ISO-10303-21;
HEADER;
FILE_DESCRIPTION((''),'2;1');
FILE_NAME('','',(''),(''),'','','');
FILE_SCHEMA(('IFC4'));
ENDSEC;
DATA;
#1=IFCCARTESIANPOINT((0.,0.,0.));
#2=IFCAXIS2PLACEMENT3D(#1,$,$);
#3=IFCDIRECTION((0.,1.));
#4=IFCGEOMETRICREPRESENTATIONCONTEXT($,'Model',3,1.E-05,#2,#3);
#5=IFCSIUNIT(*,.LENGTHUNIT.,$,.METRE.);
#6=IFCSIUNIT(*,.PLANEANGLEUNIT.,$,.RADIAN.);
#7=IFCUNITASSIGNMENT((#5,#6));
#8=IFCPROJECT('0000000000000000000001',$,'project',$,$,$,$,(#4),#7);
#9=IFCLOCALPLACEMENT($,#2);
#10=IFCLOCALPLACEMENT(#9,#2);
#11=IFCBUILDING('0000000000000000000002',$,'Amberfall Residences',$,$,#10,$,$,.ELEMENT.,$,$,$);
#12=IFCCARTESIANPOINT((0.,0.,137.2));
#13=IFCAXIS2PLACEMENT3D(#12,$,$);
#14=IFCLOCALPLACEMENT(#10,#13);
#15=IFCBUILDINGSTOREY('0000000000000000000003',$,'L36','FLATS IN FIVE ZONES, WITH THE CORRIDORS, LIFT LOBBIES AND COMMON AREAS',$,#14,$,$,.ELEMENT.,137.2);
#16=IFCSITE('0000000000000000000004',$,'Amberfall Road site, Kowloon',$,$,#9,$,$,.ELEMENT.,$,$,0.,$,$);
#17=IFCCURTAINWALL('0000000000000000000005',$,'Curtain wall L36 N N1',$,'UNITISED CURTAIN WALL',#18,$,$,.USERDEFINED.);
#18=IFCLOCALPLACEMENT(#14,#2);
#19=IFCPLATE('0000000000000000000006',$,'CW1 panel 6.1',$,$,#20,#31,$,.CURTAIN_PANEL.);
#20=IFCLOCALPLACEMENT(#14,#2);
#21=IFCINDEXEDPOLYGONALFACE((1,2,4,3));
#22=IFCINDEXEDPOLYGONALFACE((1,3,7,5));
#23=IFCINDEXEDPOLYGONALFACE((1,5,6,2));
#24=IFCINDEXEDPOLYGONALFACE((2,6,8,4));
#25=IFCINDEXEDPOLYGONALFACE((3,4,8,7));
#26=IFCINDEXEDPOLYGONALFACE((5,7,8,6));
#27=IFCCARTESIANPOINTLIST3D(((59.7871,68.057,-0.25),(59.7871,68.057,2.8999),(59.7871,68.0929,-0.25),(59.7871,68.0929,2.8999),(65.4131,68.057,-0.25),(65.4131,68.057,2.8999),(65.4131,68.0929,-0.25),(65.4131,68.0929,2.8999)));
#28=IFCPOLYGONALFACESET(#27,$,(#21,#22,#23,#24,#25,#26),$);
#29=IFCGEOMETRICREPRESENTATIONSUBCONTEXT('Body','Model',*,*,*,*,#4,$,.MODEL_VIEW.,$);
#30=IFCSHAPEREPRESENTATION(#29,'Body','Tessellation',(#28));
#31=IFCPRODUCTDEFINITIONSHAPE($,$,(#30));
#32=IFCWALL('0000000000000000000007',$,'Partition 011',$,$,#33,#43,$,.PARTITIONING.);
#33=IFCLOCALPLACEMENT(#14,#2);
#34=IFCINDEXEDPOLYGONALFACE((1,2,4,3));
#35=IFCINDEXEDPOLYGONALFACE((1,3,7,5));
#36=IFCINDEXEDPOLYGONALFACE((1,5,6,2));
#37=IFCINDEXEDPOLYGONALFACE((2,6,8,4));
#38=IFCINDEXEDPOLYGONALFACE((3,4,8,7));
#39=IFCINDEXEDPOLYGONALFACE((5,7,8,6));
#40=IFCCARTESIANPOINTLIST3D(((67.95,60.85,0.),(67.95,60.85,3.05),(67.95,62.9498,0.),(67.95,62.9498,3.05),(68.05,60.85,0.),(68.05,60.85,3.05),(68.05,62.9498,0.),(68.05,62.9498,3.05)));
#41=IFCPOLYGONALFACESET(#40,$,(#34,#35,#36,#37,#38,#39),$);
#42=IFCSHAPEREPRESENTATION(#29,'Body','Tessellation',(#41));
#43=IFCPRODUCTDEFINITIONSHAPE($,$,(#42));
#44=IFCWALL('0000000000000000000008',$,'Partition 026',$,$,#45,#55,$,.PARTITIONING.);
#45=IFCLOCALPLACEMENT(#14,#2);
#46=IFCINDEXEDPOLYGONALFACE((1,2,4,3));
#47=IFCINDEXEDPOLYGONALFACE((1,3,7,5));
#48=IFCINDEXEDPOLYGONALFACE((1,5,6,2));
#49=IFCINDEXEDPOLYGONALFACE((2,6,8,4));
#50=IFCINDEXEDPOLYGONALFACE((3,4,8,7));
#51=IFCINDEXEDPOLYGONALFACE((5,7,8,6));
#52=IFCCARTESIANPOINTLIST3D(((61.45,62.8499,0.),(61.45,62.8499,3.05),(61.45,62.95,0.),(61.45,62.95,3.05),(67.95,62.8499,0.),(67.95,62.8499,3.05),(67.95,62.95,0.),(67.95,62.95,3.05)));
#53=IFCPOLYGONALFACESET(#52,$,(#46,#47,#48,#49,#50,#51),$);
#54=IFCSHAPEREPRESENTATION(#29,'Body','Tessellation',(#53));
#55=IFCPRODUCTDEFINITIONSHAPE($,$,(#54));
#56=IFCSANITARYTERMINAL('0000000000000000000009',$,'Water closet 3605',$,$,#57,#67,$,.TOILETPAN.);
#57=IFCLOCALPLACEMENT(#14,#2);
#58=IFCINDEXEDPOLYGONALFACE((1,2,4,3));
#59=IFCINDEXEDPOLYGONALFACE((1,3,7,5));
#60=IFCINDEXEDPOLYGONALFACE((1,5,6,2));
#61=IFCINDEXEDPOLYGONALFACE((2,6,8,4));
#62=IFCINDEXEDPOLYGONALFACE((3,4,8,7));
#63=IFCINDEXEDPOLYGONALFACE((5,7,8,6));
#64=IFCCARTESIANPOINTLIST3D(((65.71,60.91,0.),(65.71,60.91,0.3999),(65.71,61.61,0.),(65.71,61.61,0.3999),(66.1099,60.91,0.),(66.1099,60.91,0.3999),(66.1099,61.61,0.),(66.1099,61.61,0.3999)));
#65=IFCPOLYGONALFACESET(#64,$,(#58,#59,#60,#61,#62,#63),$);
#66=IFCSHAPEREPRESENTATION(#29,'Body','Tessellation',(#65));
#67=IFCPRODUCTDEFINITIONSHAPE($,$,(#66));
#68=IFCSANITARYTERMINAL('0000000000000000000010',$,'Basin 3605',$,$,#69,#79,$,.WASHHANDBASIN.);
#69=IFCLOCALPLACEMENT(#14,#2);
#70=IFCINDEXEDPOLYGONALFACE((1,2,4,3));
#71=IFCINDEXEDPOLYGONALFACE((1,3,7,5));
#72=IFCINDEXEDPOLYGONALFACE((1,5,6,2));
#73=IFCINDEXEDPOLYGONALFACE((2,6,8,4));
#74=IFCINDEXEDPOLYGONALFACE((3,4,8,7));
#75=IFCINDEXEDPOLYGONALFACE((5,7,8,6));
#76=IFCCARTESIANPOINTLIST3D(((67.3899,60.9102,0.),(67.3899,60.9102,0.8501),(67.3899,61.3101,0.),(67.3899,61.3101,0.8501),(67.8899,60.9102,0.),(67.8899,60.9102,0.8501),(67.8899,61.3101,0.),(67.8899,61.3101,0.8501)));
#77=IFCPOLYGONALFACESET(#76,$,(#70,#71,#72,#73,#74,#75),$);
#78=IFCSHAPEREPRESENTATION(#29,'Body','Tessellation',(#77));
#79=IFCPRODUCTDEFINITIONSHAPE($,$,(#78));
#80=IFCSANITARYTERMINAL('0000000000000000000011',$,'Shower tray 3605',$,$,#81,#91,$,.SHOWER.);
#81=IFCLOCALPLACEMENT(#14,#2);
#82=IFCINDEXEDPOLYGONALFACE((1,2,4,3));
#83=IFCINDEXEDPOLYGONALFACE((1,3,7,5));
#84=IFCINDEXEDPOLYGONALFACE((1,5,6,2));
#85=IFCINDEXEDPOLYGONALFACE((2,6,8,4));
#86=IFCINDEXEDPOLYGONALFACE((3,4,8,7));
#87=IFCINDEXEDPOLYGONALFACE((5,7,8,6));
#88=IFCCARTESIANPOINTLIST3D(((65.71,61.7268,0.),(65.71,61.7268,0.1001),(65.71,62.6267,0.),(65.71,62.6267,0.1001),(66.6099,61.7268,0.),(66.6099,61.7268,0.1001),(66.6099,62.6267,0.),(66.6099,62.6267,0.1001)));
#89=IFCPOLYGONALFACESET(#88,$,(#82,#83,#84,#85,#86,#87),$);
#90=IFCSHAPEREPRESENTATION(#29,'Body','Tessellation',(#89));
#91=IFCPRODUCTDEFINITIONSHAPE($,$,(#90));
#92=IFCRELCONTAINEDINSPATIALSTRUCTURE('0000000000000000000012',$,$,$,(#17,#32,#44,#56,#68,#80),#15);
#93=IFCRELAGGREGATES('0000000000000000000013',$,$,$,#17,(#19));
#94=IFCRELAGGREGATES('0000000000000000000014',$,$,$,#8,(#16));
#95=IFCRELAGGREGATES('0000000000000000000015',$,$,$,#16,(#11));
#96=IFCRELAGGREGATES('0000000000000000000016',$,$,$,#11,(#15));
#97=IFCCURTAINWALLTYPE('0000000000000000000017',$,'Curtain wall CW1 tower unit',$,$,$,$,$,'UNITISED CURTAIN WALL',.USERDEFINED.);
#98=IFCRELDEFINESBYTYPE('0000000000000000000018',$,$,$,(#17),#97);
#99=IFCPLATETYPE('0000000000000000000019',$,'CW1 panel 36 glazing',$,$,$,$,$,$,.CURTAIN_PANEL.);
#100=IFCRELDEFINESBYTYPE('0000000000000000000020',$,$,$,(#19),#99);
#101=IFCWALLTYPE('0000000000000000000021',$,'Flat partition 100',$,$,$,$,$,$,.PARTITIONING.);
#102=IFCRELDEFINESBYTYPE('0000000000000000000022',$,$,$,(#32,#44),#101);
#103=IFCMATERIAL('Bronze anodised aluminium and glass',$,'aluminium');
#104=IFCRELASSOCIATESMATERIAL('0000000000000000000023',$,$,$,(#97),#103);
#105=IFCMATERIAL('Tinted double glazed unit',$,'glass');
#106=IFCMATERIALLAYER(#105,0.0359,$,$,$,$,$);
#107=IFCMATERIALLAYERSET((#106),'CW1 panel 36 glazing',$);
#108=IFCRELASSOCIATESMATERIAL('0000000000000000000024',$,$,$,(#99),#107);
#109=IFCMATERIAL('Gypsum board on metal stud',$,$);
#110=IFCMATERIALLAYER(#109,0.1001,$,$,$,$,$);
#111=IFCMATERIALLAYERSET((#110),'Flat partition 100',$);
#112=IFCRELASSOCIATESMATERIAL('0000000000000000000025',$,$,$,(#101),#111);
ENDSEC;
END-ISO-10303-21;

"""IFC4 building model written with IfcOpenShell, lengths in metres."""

from ifc_helpers import new_model, si_unit, direction, frame, frame_2d, origin, origin_2d, place, context, subcontext, project, spatial, rectangle, extrude, material, layer, layer_set, type_object, element, aggregate, save


model = new_model("IFC4")

# Units and contexts
model_context = context("Model", 3, precision=1e-05, world=origin(), true_north=direction((0.0, 1.0)))
body_context = subcontext(model_context, "Body", "Model", "MODEL_VIEW")
ifc_project = project(units=[si_unit("LENGTHUNIT", "METRE"), si_unit("PLANEANGLEUNIT", "RADIAN")], contexts=[model_context])

# Site, building, storey
site_placement = place(None, origin())
site = spatial("IfcSite", under=ifc_project, at=site_placement, Name="Amberfall Road site, Kowloon", CompositionType="ELEMENT", RefElevation=0.0)
building_placement = place(site_placement, origin())
building = spatial("IfcBuilding", under=site, at=building_placement, Name="Amberfall Residences", CompositionType="ELEMENT")
storey_placement = place(building_placement, frame((0.0, 0.0, 137.2)))
storey = spatial("IfcBuildingStorey", under=building, at=storey_placement, Name="L36", Description="FLATS IN FIVE ZONES, WITH THE CORRIDORS, LIFT LOBBIES AND COMMON AREAS", CompositionType="ELEMENT", Elevation=137.2)

# Curtain wall
ifc_material_1 = material(Name="Bronze anodised aluminium and glass", Category="aluminium")
curtain_wall_type = type_object("IfcCurtainWallType", Name="Curtain wall CW1 tower unit", ElementType="UNITISED CURTAIN WALL", PredefinedType="USERDEFINED", material=ifc_material_1)
curtain_wall_placement = place(storey_placement, origin())
curtain_wall = element("IfcCurtainWall", 1, at=curtain_wall_placement, inside=storey, type_object=curtain_wall_type, Name="Curtain wall L36 N N1", ObjectType="UNITISED CURTAIN WALL", PredefinedType="USERDEFINED")

# Plate
ifc_material_2 = material(Name="Tinted double glazed unit", Category="glass")
ifc_layer_1 = layer(ifc_material_2, 0.0359)
ifc_layer_set_1 = layer_set([ifc_layer_1], Name="CW1 panel 36 glazing")
plate_type = type_object("IfcPlateType", Name="CW1 panel 36 glazing", PredefinedType="CURTAIN_PANEL", material=ifc_layer_set_1)
plate_1_placement = place(storey_placement, frame((62.6001, 68.075, -0.25), z_axis=(0.0, 0.0, 1.0), x_axis=(-1.0, 0.0, 0.0)))
plate_1 = element("IfcPlate", 2, at=plate_1_placement, type_object=plate_type, Name="CW1 panel 6.1", PredefinedType="CURTAIN_PANEL", context=body_context, shape_type="SweptSolid", body=[
    extrude(rectangle(XDim=5.626, YDim=0.0359, at=origin_2d()), origin(), (0.0, 0.0, 1.0), 3.1499),
])
aggregate(curtain_wall, [plate_1])

# Walls
ifc_material_3 = material(Name="Gypsum board on metal stud")
ifc_layer_2 = layer(ifc_material_3, 0.1001)
ifc_layer_set_2 = layer_set([ifc_layer_2], Name="Flat partition 100")
wall_type = type_object("IfcWallType", Name="Flat partition 100", PredefinedType="PARTITIONING", material=ifc_layer_set_2)
wall_1_placement = place(storey_placement, frame((68.0, 60.8501, 0.0), z_axis=(0.0, 0.0, 1.0), x_axis=(0.0, 1.0, 0.0)))
element("IfcWall", 3, at=wall_1_placement, inside=storey, type_object=wall_type, Name="Partition 011", PredefinedType="PARTITIONING", context=body_context, shape_type="SweptSolid", body=[
    extrude(rectangle(XDim=2.0999, YDim=0.1001, at=frame_2d((1.0498, 0.0))), origin(), (0.0, 0.0, 1.0), 3.05),
])
wall_2_placement = place(storey_placement, frame((61.45, 62.8999, 0.0), z_axis=(0.0, 0.0, 1.0), x_axis=(1.0, 0.0, 0.0)))
element("IfcWall", 4, at=wall_2_placement, inside=storey, type_object=wall_type, Name="Partition 026", PredefinedType="PARTITIONING", context=body_context, shape_type="SweptSolid", body=[
    extrude(rectangle(XDim=6.5, YDim=0.1001, at=frame_2d((3.25, 0.0))), origin(), (0.0, 0.0, 1.0), 3.05),
])

# Sanitary terminals
sanitary_terminal_1_placement = place(storey_placement, frame((65.9099, 61.26, 0.0), z_axis=(0.0, 0.0, 1.0), x_axis=(1.0, 0.0, 0.0)))
element("IfcSanitaryTerminal", 5, at=sanitary_terminal_1_placement, inside=storey, Name="Water closet 3605", PredefinedType="TOILETPAN", context=body_context, shape_type="SweptSolid", body=[
    extrude(rectangle(XDim=0.3999, YDim=0.7, at=origin_2d()), origin(), (0.0, 0.0, 1.0), 0.3999),
])
sanitary_terminal_2_placement = place(storey_placement, frame((67.6399, 61.1101, 0.0), z_axis=(0.0, 0.0, 1.0), x_axis=(1.0, 0.0, 0.0)))
element("IfcSanitaryTerminal", 6, at=sanitary_terminal_2_placement, inside=storey, Name="Basin 3605", PredefinedType="WASHHANDBASIN", context=body_context, shape_type="SweptSolid", body=[
    extrude(rectangle(XDim=0.5, YDim=0.3999, at=origin_2d()), origin(), (0.0, 0.0, 1.0), 0.8501),
])
sanitary_terminal_3_placement = place(storey_placement, frame((66.1599, 62.1768, 0.0), z_axis=(0.0, 0.0, 1.0), x_axis=(1.0, 0.0, 0.0)))
element("IfcSanitaryTerminal", 7, at=sanitary_terminal_3_placement, inside=storey, Name="Shower tray 3605", PredefinedType="SHOWER", context=body_context, shape_type="SweptSolid", body=[
    extrude(rectangle(XDim=0.8999, YDim=0.8999, at=origin_2d()), origin(), (0.0, 0.0, 1.0), 0.1001),
])

save(model, "model.ifc")
